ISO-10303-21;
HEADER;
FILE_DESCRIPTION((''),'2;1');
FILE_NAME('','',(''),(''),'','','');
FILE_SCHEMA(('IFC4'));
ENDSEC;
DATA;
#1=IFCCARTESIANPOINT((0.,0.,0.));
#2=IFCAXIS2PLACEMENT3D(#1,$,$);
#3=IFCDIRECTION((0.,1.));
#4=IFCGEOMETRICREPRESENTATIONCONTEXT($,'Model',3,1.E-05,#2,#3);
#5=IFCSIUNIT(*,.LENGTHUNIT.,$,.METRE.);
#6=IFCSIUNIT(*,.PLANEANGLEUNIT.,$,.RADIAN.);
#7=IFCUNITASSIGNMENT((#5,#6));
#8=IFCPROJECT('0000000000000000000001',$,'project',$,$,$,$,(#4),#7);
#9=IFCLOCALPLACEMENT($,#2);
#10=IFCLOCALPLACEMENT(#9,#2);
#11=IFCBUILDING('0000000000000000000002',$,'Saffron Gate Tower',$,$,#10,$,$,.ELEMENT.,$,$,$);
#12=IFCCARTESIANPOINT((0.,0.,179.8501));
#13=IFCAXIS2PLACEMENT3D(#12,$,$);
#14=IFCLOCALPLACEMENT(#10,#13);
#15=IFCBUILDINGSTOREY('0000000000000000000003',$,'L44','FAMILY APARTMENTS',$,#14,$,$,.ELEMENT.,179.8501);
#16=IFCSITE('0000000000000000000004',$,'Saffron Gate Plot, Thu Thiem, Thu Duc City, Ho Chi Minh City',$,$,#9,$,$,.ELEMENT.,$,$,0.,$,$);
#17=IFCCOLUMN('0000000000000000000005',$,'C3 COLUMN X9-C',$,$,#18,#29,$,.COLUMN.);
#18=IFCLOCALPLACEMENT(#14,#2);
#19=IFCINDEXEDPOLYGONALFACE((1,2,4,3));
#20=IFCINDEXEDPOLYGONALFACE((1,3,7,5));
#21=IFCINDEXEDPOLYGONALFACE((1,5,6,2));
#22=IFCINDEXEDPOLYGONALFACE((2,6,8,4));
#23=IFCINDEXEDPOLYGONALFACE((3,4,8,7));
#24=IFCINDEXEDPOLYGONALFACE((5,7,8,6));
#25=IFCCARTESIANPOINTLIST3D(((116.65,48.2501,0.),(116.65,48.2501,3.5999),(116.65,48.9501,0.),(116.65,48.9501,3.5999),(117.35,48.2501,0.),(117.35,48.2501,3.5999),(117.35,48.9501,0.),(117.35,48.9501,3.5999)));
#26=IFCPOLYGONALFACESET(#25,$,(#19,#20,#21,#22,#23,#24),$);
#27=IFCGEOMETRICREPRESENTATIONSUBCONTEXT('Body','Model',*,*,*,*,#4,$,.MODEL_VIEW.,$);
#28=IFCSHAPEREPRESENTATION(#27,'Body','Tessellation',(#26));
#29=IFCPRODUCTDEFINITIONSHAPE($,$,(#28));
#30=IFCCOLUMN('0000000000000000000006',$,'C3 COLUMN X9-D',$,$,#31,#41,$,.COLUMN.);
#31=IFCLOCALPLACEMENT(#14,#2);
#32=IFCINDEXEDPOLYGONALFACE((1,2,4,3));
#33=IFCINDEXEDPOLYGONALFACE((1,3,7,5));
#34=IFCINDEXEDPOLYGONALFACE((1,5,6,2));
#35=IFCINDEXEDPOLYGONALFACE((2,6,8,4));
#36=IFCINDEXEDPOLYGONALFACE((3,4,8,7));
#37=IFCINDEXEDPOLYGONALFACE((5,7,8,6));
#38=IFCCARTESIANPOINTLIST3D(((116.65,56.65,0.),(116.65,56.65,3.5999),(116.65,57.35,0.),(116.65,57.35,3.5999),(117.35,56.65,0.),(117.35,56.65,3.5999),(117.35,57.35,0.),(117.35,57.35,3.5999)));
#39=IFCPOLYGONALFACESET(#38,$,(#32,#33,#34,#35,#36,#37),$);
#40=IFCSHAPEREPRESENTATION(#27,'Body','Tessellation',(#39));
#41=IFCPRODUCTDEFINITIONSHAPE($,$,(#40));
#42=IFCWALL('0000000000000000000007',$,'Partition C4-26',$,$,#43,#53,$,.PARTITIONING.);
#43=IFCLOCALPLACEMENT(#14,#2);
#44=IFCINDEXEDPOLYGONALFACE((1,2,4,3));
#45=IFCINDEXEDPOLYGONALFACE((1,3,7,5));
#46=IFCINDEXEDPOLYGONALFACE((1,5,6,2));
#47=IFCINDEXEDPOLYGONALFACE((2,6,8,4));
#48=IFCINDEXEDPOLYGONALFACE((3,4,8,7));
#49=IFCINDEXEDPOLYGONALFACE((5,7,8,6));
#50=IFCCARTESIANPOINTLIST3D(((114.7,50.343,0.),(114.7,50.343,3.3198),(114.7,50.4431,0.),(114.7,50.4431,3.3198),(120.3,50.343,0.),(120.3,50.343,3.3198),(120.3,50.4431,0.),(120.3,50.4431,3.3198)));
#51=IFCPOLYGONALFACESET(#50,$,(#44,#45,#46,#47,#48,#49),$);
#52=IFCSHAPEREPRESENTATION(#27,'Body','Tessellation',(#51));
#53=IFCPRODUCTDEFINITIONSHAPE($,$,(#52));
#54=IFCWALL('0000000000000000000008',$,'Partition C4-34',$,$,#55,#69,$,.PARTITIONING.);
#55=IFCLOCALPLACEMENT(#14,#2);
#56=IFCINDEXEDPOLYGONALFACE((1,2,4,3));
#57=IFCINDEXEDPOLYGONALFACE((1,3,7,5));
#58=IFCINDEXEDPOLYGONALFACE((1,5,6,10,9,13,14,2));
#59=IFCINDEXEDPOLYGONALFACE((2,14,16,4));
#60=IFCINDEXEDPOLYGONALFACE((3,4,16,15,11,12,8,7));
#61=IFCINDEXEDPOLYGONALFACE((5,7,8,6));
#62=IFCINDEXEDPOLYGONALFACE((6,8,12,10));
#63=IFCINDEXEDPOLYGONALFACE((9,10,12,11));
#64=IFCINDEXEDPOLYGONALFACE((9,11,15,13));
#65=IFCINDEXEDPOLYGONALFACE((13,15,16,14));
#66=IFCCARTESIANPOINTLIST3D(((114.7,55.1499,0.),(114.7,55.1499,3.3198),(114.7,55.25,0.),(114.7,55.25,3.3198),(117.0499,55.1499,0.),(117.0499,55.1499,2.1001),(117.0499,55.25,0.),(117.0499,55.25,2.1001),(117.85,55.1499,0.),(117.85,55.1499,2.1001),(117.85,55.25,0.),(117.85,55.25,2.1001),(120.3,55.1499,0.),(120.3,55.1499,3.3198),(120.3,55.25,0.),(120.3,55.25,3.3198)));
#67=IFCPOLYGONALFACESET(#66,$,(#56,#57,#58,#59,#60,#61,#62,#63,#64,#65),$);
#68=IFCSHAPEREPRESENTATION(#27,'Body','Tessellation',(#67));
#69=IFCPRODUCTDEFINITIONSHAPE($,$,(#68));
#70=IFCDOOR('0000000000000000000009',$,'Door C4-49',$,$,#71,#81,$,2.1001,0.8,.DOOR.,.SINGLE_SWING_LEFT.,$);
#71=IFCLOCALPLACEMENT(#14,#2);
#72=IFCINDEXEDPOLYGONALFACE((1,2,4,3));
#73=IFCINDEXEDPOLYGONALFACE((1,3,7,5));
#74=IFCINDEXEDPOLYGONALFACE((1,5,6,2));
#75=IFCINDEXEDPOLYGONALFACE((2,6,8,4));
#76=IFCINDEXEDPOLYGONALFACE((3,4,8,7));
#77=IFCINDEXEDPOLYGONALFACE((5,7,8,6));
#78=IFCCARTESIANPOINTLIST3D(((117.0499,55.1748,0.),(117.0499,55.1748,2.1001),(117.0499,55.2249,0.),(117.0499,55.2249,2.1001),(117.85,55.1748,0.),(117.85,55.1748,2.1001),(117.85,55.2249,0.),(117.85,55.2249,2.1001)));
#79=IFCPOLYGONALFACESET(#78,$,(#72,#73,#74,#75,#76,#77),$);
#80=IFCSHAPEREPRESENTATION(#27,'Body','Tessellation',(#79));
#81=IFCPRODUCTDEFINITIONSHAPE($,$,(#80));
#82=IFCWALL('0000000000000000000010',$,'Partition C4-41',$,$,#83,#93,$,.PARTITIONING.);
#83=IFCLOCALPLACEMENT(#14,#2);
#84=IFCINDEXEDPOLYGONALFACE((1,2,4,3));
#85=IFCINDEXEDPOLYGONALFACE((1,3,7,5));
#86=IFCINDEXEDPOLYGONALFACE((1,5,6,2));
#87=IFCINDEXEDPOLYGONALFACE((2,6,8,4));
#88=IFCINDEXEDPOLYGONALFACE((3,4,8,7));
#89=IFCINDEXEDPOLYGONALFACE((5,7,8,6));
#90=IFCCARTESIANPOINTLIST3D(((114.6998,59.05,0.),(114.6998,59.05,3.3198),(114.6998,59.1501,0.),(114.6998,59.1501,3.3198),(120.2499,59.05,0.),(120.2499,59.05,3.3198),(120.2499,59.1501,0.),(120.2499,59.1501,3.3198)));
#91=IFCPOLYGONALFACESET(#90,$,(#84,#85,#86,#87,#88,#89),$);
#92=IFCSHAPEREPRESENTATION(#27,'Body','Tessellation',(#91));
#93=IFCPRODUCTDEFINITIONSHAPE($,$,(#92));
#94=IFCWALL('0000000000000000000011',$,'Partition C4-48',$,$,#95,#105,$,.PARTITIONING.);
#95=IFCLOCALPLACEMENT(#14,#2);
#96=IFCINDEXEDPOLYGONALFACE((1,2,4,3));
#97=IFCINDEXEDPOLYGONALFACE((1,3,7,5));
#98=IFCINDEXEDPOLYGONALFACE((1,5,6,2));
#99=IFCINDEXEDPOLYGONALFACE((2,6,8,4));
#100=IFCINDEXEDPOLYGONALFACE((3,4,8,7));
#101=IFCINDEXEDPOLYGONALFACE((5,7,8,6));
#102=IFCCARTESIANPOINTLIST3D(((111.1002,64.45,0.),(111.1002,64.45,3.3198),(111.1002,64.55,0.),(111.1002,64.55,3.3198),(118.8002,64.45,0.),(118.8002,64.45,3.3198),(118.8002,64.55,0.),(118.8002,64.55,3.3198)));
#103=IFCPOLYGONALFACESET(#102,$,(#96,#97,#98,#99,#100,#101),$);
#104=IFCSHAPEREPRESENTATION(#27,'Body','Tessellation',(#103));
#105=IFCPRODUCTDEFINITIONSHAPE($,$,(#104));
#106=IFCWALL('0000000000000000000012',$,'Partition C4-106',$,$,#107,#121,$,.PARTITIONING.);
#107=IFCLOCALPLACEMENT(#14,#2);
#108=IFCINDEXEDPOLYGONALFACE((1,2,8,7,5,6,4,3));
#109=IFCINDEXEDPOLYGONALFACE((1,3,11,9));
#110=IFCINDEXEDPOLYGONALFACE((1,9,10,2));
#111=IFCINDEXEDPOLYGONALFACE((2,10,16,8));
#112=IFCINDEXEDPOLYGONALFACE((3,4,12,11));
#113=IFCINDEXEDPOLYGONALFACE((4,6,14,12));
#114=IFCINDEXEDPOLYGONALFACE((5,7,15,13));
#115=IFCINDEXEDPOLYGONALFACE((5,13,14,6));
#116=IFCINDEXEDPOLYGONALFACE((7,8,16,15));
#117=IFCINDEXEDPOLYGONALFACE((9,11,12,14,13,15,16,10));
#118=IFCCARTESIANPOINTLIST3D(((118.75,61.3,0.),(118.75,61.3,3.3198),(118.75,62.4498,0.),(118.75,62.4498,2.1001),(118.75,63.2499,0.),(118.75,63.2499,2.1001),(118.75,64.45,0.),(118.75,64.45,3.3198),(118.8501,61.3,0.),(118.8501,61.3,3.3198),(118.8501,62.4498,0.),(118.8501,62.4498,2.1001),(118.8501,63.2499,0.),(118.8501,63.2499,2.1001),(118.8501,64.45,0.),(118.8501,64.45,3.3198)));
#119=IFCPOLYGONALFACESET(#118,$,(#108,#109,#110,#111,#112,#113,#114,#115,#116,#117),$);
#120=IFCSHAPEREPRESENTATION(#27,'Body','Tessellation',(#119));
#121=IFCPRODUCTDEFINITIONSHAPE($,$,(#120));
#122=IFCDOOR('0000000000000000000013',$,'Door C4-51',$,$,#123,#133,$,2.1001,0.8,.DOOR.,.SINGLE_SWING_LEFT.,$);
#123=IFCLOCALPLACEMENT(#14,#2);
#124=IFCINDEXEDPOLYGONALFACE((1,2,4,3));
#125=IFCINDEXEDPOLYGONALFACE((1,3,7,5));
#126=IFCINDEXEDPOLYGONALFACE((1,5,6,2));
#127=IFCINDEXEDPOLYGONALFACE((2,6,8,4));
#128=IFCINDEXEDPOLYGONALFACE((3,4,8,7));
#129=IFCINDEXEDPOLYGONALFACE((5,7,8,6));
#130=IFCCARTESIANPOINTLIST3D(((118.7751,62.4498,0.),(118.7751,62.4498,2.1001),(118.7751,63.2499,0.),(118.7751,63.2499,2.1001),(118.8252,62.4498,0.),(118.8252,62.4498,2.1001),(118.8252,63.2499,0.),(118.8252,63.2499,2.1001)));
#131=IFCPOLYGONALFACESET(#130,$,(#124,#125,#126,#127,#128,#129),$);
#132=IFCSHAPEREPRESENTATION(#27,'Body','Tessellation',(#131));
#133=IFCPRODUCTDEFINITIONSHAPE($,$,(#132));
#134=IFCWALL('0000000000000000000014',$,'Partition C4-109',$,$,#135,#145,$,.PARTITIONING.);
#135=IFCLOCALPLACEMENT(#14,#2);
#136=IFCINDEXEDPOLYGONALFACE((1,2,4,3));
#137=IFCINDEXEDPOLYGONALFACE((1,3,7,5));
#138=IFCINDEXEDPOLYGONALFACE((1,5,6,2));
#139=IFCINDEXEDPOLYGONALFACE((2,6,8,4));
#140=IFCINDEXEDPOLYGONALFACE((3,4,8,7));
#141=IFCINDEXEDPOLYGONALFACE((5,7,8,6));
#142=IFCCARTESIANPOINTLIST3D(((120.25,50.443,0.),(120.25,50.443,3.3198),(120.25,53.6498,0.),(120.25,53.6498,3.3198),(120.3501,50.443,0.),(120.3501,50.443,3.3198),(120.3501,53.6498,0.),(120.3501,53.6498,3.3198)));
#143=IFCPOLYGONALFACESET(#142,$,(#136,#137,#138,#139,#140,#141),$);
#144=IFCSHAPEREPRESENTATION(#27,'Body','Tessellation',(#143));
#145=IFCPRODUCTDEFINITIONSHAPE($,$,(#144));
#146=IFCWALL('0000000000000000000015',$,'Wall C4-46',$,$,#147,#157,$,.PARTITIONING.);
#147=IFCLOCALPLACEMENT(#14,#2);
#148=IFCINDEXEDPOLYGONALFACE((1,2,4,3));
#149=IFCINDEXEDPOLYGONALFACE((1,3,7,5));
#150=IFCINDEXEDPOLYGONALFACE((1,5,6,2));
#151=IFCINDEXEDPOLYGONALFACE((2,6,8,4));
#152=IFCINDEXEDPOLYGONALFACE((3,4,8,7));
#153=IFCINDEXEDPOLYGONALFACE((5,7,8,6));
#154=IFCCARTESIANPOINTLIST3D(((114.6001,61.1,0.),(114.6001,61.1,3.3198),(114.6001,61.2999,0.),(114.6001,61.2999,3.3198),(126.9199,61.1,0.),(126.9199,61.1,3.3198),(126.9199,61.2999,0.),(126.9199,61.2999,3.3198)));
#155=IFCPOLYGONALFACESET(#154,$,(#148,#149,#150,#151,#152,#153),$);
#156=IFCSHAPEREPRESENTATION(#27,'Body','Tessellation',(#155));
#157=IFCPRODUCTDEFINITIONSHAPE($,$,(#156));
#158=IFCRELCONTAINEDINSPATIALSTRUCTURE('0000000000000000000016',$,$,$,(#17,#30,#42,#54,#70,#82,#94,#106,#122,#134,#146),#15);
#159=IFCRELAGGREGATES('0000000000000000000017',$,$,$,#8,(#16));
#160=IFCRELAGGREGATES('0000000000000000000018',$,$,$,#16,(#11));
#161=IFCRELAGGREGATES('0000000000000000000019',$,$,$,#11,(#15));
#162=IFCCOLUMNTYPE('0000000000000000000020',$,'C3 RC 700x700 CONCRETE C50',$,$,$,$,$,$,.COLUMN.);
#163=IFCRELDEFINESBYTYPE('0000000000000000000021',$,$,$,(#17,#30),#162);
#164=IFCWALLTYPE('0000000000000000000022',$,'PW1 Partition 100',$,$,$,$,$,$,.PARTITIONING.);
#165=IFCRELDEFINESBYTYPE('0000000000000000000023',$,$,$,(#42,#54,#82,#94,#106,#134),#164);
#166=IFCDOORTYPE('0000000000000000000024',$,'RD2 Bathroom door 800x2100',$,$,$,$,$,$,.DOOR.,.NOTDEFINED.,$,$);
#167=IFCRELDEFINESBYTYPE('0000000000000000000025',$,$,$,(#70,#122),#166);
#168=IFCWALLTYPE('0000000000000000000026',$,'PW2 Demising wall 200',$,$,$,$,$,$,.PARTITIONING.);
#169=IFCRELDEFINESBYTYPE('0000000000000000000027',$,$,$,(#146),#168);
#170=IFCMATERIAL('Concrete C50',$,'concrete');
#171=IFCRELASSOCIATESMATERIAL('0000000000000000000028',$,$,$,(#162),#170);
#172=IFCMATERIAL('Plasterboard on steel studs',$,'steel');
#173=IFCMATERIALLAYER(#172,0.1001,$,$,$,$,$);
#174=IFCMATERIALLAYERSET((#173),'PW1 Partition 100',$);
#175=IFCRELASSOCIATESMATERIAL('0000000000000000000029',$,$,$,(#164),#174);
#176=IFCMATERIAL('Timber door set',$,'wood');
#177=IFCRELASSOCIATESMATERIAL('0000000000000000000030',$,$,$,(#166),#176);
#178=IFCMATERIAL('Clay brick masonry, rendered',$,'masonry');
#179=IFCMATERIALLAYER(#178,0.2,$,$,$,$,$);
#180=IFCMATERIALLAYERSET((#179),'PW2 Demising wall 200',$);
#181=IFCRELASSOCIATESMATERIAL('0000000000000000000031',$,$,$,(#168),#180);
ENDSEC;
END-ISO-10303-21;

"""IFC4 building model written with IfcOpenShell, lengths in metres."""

from ifc_helpers import new_model, si_unit, direction, frame, frame_2d, origin, origin_2d, place, context, subcontext, project, spatial, rectangle, extrude, material, layer, layer_set, material_profile, profile_set, type_object, element, fill, save


model = new_model("IFC4")

# Units and contexts
model_context = context("Model", 3, precision=1e-05, world=origin(), true_north=direction((0.0, 1.0)))
body_context = subcontext(model_context, "Body", "Model", "MODEL_VIEW")
ifc_project = project(units=[si_unit("LENGTHUNIT", "METRE"), si_unit("PLANEANGLEUNIT", "RADIAN")], contexts=[model_context])

# Site, building, storey
site_placement = place(None, origin())
site = spatial("IfcSite", under=ifc_project, at=site_placement, Name="Saffron Gate Plot, Thu Thiem, Thu Duc City, Ho Chi Minh City", CompositionType="ELEMENT", RefElevation=0.0)
building_placement = place(site_placement, origin())
building = spatial("IfcBuilding", under=site, at=building_placement, Name="Saffron Gate Tower", CompositionType="ELEMENT")
storey_placement = place(building_placement, frame((0.0, 0.0, 179.8501)))
storey = spatial("IfcBuildingStorey", under=building, at=storey_placement, Name="L44", Description="FAMILY APARTMENTS", CompositionType="ELEMENT", Elevation=179.8501)

# Columns
ifc_material_1 = material(Name="Concrete C50", Category="concrete")
ifc_material_profile = material_profile(ifc_material_1, rectangle(XDim=0.7, YDim=0.7, at=origin_2d()))
ifc_profile_set = profile_set([ifc_material_profile], Name="Concrete C50")
column_type = type_object("IfcColumnType", Name="C3 RC 700x700 CONCRETE C50", PredefinedType="COLUMN", material=ifc_profile_set)
for number, where, z_axis, x_axis, name in (
    (1, (117.0, 48.6001, 0.0), (0.0, 0.0, 1.0), (1.0, 0.0, 0.0), "C3 COLUMN X9-C"),
    (2, (117.0, 57.0, 0.0), (0.0, 0.0, 1.0), (1.0, 0.0, 0.0), "C3 COLUMN X9-D"),
):
    element("IfcColumn", number, at=place(storey_placement, frame(where, z_axis=z_axis, x_axis=x_axis)), inside=storey, type_object=column_type, Name=name, PredefinedType="COLUMN", context=body_context, shape_type="SweptSolid", body=[
        extrude(rectangle(XDim=0.7, YDim=0.7, at=origin_2d()), origin(), (0.0, 0.0, 1.0), 3.5999),
    ])

# Wall
ifc_material_2 = material(Name="Plasterboard on steel studs", Category="steel")
ifc_layer_1 = layer(ifc_material_2, 0.1001)
ifc_layer_set_1 = layer_set([ifc_layer_1], Name="PW1 Partition 100")
wall_type_1 = type_object("IfcWallType", Name="PW1 Partition 100", PredefinedType="PARTITIONING", material=ifc_layer_set_1)
wall_1_placement = place(storey_placement, frame((114.7, 50.3931, 0.0), z_axis=(0.0, 0.0, 1.0), x_axis=(1.0, 0.0, 0.0)))
element("IfcWall", 3, at=wall_1_placement, inside=storey, type_object=wall_type_1, Name="Partition C4-26", PredefinedType="PARTITIONING", context=body_context, shape_type="SweptSolid", body=[
    extrude(rectangle(XDim=5.6001, YDim=0.1001, at=frame_2d((2.8, 0.0))), origin(), (0.0, 0.0, 1.0), 3.3198),
])

# Wall, opening, door
wall_2_placement = place(storey_placement, frame((114.7, 55.2, 0.0), z_axis=(0.0, 0.0, 1.0), x_axis=(1.0, 0.0, 0.0)))
wall_2 = element("IfcWall", 4, at=wall_2_placement, inside=storey, type_object=wall_type_1, Name="Partition C4-34", PredefinedType="PARTITIONING", context=body_context, shape_type="SweptSolid", body=[
    extrude(rectangle(XDim=5.6001, YDim=0.1001, at=frame_2d((2.8, 0.0))), origin(), (0.0, 0.0, 1.0), 3.3198),
])
opening_1_placement = place(wall_2_placement, frame((2.3501, 0.0, 0.0)))
opening_1 = element("IfcOpeningElement", 5, at=opening_1_placement, cuts=wall_2, PredefinedType="OPENING", context=body_context, shape_type="SweptSolid", body=[
    extrude(rectangle(XDim=0.8, YDim=2.1001, at=frame_2d((0.3999, 1.05))), frame((0.0, 0.0601, 0.0), z_axis=(0.0, -1.0, 0.0), x_axis=(1.0, 0.0, 0.0)), (0.0, 0.0, 1.0), 0.1201),
])
ifc_material_3 = material(Name="Timber door set", Category="wood")
door_type_1 = type_object("IfcDoorType", Name="RD2 Bathroom door 800x2100", OperationType="NOTDEFINED", PredefinedType="DOOR", material=ifc_material_3)
door_1_placement = place(opening_1_placement, origin())
door_1 = element("IfcDoor", 6, at=door_1_placement, inside=storey, type_object=door_type_1, Name="Door C4-49", OperationType="SINGLE_SWING_LEFT", OverallHeight=2.1001, OverallWidth=0.8, PredefinedType="DOOR", context=body_context, shape_type="SweptSolid", body=[
    extrude(rectangle(XDim=0.8, YDim=2.1001, at=frame_2d((0.3999, 1.05))), frame((0.0, 0.0249, 0.0), z_axis=(0.0, -1.0, 0.0), x_axis=(1.0, 0.0, 0.0)), (0.0, 0.0, 1.0), 0.05),
])
fill(opening_1, door_1)

# Walls
wall_3_placement = place(storey_placement, frame((114.7, 59.1001, 0.0), z_axis=(0.0, 0.0, 1.0), x_axis=(1.0, 0.0, 0.0)))
element("IfcWall", 7, at=wall_3_placement, inside=storey, type_object=wall_type_1, Name="Partition C4-41", PredefinedType="PARTITIONING", context=body_context, shape_type="SweptSolid", body=[
    extrude(rectangle(XDim=5.55, YDim=0.1001, at=frame_2d((2.7749, 0.0))), origin(), (0.0, 0.0, 1.0), 3.3198),
])
wall_4_placement = place(storey_placement, frame((111.1001, 64.5, 0.0), z_axis=(0.0, 0.0, 1.0), x_axis=(1.0, 0.0, 0.0)))
element("IfcWall", 8, at=wall_4_placement, inside=storey, type_object=wall_type_1, Name="Partition C4-48", PredefinedType="PARTITIONING", context=body_context, shape_type="SweptSolid", body=[
    extrude(rectangle(XDim=7.7, YDim=0.1001, at=frame_2d((3.8501, 0.0))), origin(), (0.0, 0.0, 1.0), 3.3198),
])

# Wall, opening, door
wall_5_placement = place(storey_placement, frame((118.8, 61.3, 0.0), z_axis=(0.0, 0.0, 1.0), x_axis=(0.0, 1.0, 0.0)))
wall_5 = element("IfcWall", 9, at=wall_5_placement, inside=storey, type_object=wall_type_1, Name="Partition C4-106", PredefinedType="PARTITIONING", context=body_context, shape_type="SweptSolid", body=[
    extrude(rectangle(XDim=3.1499, YDim=0.1001, at=frame_2d((1.575, 0.0))), origin(), (0.0, 0.0, 1.0), 3.3198),
])
opening_2_placement = place(wall_5_placement, frame((1.1499, 0.0, 0.0)))
opening_2 = element("IfcOpeningElement", 10, at=opening_2_placement, cuts=wall_5, PredefinedType="OPENING", context=body_context, shape_type="SweptSolid", body=[
    extrude(rectangle(XDim=0.8, YDim=2.1001, at=frame_2d((0.3999, 1.05))), frame((0.0, 0.0601, 0.0), z_axis=(0.0, -1.0, 0.0), x_axis=(1.0, 0.0, 0.0)), (0.0, 0.0, 1.0), 0.1201),
])
door_2_placement = place(opening_2_placement, origin())
door_2 = element("IfcDoor", 11, at=door_2_placement, inside=storey, type_object=door_type_1, Name="Door C4-51", OperationType="SINGLE_SWING_LEFT", OverallHeight=2.1001, OverallWidth=0.8, PredefinedType="DOOR", context=body_context, shape_type="SweptSolid", body=[
    extrude(rectangle(XDim=0.8, YDim=2.1001, at=frame_2d((0.3999, 1.05))), frame((0.0, 0.0249, 0.0), z_axis=(0.0, -1.0, 0.0), x_axis=(1.0, 0.0, 0.0)), (0.0, 0.0, 1.0), 0.05),
])
fill(opening_2, door_2)

# Walls
wall_6_placement = place(storey_placement, frame((120.3, 53.6499, 0.0), z_axis=(0.0, 0.0, 1.0), x_axis=(0.0, -1.0, 0.0)))
element("IfcWall", 12, at=wall_6_placement, inside=storey, type_object=wall_type_1, Name="Partition C4-109", PredefinedType="PARTITIONING", context=body_context, shape_type="SweptSolid", body=[
    extrude(rectangle(XDim=3.2068, YDim=0.1001, at=frame_2d((1.6035, 0.0))), origin(), (0.0, 0.0, 1.0), 3.3198),
])
ifc_material_4 = material(Name="Clay brick masonry, rendered", Category="masonry")
ifc_layer_2 = layer(ifc_material_4, 0.2)
ifc_layer_set_2 = layer_set([ifc_layer_2], Name="PW2 Demising wall 200")
wall_type_2 = type_object("IfcWallType", Name="PW2 Demising wall 200", PredefinedType="PARTITIONING", material=ifc_layer_set_2)
wall_7_placement = place(storey_placement, frame((114.6001, 61.2, 0.0), z_axis=(0.0, 0.0, 1.0), x_axis=(1.0, 0.0, 0.0)))
element("IfcWall", 13, at=wall_7_placement, inside=storey, type_object=wall_type_2, Name="Wall C4-46", PredefinedType="PARTITIONING", context=body_context, shape_type="SweptSolid", body=[
    extrude(rectangle(XDim=12.3198, YDim=0.2, at=frame_2d((6.1599, 0.0))), origin(), (0.0, 0.0, 1.0), 3.3198),
])

save(model, "model.ifc")
